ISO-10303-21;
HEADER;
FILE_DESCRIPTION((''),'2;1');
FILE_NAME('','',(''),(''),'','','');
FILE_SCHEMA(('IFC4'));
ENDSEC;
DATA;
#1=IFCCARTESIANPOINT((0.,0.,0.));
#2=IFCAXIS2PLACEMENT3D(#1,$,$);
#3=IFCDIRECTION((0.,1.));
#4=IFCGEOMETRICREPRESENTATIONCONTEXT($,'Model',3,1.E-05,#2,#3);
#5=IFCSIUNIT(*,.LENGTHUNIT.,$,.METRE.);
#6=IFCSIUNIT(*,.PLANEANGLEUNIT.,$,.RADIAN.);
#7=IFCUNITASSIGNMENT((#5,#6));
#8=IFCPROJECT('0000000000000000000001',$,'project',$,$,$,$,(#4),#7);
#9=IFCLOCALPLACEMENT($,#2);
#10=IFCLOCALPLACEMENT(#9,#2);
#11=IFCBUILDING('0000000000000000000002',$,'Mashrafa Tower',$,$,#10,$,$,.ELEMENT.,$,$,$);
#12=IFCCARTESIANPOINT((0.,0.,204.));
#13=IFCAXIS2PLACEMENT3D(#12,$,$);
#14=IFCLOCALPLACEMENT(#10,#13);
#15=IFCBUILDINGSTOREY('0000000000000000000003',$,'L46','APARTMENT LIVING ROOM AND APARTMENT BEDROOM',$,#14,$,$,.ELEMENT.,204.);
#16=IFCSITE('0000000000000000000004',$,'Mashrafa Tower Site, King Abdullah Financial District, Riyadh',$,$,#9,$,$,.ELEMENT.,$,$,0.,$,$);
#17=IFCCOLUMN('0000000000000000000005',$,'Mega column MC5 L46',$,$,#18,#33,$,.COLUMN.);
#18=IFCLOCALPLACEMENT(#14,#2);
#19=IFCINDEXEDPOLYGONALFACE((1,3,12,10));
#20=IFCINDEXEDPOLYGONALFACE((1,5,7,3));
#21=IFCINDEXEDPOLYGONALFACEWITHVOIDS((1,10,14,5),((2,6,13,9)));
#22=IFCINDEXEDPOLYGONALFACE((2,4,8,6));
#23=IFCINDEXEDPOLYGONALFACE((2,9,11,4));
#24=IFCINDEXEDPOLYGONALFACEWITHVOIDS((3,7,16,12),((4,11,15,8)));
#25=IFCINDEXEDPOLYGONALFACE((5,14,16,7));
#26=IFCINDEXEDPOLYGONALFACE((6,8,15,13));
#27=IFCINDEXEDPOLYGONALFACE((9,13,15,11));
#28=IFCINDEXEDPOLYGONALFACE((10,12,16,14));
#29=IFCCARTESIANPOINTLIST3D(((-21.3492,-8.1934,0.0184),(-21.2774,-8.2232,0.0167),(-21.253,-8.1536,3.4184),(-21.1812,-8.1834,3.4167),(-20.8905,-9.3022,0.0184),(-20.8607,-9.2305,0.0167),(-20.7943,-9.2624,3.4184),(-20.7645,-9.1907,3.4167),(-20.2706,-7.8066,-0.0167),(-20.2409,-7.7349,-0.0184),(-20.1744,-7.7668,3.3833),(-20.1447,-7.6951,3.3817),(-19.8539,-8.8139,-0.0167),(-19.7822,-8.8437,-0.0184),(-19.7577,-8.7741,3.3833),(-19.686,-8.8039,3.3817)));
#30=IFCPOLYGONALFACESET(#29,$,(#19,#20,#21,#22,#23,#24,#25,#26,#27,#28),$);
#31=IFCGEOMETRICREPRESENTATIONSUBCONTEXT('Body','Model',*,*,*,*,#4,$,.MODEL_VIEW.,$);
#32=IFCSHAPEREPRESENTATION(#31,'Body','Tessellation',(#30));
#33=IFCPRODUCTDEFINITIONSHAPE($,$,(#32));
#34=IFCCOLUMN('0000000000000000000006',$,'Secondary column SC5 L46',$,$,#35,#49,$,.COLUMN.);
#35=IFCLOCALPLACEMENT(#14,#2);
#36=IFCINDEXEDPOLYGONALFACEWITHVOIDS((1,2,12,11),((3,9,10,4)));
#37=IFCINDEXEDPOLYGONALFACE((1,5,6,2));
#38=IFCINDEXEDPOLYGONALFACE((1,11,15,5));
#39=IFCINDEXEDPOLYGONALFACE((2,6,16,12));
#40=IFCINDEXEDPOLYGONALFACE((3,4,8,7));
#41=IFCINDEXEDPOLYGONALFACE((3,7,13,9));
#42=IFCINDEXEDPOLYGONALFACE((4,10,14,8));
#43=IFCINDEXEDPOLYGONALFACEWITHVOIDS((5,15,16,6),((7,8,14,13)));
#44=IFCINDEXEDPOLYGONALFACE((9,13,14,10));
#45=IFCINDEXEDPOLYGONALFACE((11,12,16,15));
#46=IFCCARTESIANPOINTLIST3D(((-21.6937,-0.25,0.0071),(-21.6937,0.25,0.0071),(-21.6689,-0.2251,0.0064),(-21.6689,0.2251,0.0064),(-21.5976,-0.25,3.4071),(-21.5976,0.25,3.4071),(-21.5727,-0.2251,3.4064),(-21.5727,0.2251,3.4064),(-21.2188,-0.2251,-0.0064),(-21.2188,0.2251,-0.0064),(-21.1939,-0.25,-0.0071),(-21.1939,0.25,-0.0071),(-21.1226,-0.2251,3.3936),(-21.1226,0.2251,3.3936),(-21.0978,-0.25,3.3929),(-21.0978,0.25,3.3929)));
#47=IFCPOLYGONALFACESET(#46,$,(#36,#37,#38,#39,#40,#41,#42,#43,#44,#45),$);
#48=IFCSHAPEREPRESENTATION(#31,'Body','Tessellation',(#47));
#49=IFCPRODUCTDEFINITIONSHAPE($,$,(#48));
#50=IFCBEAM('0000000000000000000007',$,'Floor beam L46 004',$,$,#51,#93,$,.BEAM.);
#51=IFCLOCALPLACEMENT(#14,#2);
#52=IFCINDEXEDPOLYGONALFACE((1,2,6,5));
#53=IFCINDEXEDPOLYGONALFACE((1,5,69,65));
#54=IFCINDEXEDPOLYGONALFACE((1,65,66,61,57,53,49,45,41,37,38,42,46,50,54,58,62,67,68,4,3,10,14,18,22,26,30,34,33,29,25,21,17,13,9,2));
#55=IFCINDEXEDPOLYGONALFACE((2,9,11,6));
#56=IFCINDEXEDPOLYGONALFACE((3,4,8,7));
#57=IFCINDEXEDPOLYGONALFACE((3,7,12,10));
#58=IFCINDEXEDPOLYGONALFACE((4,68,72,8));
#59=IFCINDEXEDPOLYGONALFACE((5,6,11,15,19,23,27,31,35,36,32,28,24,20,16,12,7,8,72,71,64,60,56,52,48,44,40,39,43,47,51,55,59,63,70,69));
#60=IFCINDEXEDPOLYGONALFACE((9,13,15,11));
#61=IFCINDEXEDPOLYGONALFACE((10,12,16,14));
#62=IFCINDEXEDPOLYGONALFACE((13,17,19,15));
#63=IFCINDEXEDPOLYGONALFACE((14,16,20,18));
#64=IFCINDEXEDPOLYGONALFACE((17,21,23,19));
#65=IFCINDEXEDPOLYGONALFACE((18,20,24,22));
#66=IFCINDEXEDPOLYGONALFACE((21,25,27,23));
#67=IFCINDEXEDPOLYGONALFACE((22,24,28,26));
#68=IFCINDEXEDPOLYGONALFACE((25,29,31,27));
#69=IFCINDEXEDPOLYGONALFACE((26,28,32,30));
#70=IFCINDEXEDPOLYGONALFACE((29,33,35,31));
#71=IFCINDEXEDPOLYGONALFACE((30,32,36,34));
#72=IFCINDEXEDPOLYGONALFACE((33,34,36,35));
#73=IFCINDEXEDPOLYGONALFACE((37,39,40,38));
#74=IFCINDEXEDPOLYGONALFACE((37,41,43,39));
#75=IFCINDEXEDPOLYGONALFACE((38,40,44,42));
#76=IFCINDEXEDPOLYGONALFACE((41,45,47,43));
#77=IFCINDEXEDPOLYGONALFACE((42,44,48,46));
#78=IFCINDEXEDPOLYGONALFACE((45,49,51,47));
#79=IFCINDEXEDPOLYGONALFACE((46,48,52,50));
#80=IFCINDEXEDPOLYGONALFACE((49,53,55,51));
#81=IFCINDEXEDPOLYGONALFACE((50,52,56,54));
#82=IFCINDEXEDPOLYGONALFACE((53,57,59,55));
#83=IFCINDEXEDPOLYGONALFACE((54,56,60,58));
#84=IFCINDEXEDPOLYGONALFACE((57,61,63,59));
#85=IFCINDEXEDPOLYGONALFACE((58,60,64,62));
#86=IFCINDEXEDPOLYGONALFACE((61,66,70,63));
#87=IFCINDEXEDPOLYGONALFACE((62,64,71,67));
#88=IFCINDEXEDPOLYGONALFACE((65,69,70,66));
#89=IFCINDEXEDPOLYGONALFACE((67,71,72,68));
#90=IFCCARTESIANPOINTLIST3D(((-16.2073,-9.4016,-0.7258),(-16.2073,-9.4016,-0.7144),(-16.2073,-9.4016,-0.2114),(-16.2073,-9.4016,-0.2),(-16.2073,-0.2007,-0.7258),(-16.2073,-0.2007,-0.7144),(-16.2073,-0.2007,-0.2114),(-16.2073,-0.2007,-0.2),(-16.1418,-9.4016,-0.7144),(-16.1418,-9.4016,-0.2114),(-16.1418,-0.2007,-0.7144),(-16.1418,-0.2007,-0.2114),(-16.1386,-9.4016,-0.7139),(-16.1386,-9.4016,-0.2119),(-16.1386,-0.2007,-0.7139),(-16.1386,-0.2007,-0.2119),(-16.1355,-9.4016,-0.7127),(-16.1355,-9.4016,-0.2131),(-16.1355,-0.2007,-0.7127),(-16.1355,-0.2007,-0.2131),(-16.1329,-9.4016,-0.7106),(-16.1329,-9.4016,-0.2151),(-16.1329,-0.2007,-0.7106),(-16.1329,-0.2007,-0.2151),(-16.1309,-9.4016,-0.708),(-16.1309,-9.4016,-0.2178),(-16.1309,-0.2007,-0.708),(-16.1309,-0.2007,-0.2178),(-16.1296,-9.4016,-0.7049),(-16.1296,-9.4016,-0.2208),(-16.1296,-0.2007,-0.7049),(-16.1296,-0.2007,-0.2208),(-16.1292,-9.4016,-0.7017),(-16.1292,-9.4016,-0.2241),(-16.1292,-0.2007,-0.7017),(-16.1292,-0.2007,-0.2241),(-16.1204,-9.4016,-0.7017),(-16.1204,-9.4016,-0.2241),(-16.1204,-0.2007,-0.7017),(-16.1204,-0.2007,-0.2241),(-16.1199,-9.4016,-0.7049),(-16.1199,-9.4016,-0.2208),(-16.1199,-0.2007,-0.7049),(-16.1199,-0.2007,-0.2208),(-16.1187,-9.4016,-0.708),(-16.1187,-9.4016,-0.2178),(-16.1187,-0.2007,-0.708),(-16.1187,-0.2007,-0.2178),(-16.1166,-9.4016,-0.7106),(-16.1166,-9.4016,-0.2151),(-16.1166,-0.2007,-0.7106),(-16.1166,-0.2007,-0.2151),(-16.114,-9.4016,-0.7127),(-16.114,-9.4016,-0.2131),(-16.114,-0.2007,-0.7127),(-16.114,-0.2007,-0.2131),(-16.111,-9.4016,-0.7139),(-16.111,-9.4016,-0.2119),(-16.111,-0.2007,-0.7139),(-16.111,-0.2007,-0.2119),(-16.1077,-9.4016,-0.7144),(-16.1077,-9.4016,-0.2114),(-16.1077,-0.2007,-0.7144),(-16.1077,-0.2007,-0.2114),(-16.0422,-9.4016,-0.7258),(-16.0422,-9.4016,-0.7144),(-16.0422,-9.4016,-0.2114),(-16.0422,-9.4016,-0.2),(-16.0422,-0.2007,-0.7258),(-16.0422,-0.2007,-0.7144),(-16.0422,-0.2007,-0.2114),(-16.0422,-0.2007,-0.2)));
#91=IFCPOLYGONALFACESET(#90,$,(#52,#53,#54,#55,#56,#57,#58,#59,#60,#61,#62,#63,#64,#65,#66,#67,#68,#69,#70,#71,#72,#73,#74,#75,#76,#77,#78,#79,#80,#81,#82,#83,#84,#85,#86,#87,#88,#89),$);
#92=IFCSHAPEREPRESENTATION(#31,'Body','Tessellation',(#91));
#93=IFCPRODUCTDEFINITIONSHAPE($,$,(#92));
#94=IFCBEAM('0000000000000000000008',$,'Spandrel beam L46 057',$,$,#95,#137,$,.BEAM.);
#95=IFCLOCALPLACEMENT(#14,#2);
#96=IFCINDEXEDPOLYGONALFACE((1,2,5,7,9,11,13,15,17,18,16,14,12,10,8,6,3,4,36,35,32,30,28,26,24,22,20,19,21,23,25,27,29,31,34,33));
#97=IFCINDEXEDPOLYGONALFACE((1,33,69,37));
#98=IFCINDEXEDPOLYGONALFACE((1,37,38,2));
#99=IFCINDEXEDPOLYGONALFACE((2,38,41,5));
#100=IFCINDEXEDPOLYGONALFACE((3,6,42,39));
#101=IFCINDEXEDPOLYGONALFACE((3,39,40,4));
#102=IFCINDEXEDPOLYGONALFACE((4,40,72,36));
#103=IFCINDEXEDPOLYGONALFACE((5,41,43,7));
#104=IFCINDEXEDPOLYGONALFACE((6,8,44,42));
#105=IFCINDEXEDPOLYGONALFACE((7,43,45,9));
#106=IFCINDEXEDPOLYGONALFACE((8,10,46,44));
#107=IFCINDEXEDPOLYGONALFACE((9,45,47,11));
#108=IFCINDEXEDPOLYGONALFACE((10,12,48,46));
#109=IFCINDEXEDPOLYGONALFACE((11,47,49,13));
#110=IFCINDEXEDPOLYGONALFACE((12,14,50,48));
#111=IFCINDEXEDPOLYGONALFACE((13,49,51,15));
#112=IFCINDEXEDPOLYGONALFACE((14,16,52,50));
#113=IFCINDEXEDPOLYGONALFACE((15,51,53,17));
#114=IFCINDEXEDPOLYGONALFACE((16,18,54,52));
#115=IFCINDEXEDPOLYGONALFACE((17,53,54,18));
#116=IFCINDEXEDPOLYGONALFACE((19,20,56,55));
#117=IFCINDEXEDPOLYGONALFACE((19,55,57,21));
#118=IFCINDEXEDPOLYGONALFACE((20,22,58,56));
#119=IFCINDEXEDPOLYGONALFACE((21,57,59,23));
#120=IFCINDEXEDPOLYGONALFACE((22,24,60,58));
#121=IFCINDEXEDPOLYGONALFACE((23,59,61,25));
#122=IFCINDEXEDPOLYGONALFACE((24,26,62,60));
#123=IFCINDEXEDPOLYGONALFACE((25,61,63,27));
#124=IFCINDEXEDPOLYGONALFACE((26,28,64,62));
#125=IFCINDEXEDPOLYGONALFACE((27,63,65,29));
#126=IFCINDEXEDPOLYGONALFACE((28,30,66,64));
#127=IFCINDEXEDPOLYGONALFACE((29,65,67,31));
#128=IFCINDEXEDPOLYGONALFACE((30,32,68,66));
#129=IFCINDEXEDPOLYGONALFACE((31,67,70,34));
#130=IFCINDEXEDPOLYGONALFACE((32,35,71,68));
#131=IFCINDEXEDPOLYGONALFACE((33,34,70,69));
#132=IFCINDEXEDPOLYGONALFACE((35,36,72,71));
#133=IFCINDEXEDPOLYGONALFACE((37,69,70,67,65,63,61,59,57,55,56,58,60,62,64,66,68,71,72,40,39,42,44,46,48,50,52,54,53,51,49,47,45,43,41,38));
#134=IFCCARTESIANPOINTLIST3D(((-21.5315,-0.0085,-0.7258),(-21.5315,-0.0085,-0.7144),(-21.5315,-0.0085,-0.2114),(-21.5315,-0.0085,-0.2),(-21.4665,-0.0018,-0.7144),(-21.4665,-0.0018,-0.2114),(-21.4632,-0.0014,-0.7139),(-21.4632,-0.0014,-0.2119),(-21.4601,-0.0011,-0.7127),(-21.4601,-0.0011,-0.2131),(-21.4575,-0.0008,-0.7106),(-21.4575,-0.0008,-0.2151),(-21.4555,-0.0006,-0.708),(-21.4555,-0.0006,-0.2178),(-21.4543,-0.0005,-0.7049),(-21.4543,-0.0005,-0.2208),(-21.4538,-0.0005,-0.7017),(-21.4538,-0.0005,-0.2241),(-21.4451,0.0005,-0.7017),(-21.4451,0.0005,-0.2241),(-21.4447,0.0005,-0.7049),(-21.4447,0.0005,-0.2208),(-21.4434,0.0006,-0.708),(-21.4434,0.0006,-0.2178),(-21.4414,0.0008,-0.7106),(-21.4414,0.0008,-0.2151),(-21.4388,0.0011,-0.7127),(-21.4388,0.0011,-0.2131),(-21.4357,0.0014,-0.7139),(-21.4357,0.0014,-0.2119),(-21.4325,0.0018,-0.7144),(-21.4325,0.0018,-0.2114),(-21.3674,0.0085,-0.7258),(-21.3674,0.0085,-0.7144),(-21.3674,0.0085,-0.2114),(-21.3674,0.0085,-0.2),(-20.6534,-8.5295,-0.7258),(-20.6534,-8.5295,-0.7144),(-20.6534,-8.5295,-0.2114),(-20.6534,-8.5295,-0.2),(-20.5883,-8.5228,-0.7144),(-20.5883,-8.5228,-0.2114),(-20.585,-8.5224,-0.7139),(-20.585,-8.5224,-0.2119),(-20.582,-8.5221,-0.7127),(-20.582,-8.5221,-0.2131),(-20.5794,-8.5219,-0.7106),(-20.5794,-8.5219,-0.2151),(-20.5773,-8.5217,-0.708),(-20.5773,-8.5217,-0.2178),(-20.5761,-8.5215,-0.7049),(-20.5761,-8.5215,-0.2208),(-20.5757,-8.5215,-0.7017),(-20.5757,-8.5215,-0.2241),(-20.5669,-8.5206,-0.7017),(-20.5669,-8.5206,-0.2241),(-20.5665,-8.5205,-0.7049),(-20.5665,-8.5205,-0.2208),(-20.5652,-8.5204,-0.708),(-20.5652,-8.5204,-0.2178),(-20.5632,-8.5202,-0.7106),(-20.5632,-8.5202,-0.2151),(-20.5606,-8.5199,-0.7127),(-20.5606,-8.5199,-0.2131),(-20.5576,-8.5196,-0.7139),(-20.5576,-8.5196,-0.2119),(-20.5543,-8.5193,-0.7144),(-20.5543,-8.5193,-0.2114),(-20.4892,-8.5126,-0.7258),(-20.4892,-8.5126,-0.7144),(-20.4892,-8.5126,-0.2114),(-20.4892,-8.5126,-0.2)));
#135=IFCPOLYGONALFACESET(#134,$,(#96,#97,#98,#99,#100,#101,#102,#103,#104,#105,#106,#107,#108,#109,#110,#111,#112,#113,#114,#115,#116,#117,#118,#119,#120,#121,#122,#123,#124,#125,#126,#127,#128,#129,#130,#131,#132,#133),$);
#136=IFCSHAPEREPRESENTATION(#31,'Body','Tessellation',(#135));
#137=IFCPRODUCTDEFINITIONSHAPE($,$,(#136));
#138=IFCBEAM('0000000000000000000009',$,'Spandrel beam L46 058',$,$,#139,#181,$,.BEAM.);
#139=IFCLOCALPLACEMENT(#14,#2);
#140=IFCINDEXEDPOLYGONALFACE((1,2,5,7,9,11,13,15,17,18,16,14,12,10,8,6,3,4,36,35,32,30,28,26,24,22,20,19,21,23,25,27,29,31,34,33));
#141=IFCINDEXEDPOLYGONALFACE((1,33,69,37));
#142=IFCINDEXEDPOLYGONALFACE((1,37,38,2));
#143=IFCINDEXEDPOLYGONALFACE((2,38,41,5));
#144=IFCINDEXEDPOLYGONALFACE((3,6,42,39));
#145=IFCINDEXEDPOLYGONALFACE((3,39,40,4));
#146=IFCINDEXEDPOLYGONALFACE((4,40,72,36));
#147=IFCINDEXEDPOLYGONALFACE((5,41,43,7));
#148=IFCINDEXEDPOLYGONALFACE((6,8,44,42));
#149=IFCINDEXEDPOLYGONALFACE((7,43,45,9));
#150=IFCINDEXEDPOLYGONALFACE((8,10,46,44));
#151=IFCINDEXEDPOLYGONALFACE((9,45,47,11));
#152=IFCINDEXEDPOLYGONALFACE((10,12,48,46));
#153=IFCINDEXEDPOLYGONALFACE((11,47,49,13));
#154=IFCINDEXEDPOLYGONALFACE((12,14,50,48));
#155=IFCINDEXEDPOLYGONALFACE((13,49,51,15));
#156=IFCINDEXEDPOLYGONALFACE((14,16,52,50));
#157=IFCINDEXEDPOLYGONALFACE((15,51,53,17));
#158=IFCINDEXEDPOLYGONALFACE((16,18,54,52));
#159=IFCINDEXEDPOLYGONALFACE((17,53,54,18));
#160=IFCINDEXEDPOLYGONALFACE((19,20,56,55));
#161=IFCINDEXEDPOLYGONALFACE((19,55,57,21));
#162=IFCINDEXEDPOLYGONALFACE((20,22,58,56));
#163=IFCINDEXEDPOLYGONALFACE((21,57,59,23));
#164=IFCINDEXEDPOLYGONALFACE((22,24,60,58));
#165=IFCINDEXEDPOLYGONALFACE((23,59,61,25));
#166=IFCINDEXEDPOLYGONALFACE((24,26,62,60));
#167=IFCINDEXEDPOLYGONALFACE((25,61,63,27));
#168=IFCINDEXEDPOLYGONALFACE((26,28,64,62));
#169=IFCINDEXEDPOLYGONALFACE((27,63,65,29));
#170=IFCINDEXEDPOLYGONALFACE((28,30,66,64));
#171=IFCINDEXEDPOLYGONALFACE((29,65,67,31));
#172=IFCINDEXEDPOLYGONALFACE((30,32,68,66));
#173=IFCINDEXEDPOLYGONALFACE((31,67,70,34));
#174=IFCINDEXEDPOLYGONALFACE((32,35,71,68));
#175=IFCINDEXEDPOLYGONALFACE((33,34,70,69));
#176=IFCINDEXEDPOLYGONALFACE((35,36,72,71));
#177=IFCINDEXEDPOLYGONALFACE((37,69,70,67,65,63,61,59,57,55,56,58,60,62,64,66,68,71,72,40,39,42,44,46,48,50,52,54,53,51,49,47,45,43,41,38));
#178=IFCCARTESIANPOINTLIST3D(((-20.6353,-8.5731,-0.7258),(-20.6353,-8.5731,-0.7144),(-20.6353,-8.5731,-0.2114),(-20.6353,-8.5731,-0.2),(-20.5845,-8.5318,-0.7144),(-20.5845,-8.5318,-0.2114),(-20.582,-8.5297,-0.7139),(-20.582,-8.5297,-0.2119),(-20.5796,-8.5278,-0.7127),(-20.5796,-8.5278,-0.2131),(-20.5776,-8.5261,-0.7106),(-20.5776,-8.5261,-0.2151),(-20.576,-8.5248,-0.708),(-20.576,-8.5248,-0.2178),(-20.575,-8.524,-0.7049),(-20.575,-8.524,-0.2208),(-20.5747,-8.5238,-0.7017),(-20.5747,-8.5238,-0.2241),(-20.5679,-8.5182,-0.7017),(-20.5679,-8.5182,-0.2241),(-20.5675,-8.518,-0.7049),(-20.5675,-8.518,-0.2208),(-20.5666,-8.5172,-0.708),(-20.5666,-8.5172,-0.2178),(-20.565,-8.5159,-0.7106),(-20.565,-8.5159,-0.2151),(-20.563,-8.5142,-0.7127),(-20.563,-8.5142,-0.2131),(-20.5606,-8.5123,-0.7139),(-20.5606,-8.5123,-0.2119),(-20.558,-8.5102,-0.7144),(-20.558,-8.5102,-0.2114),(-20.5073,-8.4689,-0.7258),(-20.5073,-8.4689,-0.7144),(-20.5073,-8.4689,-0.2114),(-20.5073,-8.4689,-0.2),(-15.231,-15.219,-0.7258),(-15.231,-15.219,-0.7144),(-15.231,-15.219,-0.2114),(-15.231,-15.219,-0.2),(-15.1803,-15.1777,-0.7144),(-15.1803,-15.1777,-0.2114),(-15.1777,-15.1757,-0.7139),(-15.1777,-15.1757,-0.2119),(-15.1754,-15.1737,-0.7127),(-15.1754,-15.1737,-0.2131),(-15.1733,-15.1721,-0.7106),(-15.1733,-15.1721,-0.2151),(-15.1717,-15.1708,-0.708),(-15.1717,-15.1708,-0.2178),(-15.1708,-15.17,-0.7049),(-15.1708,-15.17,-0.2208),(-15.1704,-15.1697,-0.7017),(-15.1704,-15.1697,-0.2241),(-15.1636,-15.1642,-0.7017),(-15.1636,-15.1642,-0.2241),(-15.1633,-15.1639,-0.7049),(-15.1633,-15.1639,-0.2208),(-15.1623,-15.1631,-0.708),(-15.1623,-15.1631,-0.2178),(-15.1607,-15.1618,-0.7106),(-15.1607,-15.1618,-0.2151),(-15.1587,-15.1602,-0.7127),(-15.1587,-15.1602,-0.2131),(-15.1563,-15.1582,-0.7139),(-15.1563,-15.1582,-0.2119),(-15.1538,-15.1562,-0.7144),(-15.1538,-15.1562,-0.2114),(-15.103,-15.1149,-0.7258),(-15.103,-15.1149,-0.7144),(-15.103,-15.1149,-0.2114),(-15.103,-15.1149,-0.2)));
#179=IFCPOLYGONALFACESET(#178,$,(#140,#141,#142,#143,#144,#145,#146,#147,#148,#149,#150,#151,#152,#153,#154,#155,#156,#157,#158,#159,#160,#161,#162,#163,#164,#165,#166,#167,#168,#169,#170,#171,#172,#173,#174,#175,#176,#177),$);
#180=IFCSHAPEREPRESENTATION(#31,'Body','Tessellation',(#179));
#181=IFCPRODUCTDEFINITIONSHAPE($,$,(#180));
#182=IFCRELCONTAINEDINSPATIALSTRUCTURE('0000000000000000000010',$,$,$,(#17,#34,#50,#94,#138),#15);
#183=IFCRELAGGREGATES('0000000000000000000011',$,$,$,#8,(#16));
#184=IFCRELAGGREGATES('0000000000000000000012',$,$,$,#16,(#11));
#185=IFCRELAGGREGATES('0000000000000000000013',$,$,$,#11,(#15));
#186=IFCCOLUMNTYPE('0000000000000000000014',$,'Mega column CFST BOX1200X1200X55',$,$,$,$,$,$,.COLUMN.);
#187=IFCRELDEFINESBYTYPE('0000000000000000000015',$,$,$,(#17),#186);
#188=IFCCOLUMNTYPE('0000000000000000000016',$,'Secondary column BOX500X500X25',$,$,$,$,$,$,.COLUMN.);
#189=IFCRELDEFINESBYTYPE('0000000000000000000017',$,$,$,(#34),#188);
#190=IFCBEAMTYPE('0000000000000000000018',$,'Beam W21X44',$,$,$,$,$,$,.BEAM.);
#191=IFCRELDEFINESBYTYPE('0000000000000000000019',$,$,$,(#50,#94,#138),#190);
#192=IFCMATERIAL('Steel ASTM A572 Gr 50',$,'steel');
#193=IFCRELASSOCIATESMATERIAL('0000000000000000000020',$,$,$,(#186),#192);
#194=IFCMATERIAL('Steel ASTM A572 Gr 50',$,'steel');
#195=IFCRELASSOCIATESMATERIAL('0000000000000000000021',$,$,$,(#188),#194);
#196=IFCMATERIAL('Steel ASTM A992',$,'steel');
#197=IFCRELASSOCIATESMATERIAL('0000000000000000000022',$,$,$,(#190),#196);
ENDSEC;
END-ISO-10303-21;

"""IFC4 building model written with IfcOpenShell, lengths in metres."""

from ifc_helpers import new_model, si_unit, direction, frame, origin, origin_2d, place, context, subcontext, project, spatial, hollow_rectangle, i_section, extrude, material, material_profile, profile_set, type_object, element, save


model = new_model("IFC4")

# Units and contexts
model_context = context("Model", 3, precision=1e-05, world=origin(), true_north=direction((0.0, 1.0)))
body_context = subcontext(model_context, "Body", "Model", "MODEL_VIEW")
ifc_project = project(units=[si_unit("LENGTHUNIT", "METRE"), si_unit("PLANEANGLEUNIT", "RADIAN")], contexts=[model_context])

# Site, building, storey
site_placement = place(None, origin())
site = spatial("IfcSite", under=ifc_project, at=site_placement, Name="Mashrafa Tower Site, King Abdullah Financial District, Riyadh", CompositionType="ELEMENT", RefElevation=0.0)
building_placement = place(site_placement, origin())
building = spatial("IfcBuilding", under=site, at=building_placement, Name="Mashrafa Tower", CompositionType="ELEMENT")
storey_placement = place(building_placement, frame((0.0, 0.0, 204.0)))
storey = spatial("IfcBuildingStorey", under=building, at=storey_placement, Name="L46", Description="APARTMENT LIVING ROOM AND APARTMENT BEDROOM", CompositionType="ELEMENT", Elevation=204.0)

# Columns
ifc_material_1 = material(Name="Steel ASTM A572 Gr 50", Category="steel")
ifc_material_profile_1 = material_profile(ifc_material_1, hollow_rectangle(XDim=1.2, YDim=1.2, WallThickness=0.0549, at=origin_2d()), Name="BOX1200X1200X55")
ifc_profile_set_1 = profile_set([ifc_material_profile_1], Name="Steel ASTM A572 Gr 50")
column_type_1 = type_object("IfcColumnType", Name="Mega column CFST BOX1200X1200X55", PredefinedType="COLUMN", material=ifc_profile_set_1)
column_1_placement = place(storey_placement, frame((-20.5657, -8.5186, 0.0), z_axis=(0.028279, 0.011699, 0.999532), x_axis=(-0.382283, 0.924045, 0.0)))
element("IfcColumn", 1, at=column_1_placement, inside=storey, type_object=column_type_1, Name="Mega column MC5 L46", PredefinedType="COLUMN", context=body_context, shape_type="SweptSolid", body=[
    extrude(hollow_rectangle(XDim=1.2, YDim=1.2, WallThickness=0.0549, at=origin_2d()), origin(), (0.0, 0.0, 1.0), 3.4016),
])
ifc_material_2 = material(Name="Steel ASTM A572 Gr 50", Category="steel")
ifc_material_profile_2 = material_profile(ifc_material_2, hollow_rectangle(XDim=0.5, YDim=0.5, WallThickness=0.0249, at=origin_2d()), Name="BOX500X500X25")
ifc_profile_set_2 = profile_set([ifc_material_profile_2], Name="Steel ASTM A572 Gr 50")
column_type_2 = type_object("IfcColumnType", Name="Secondary column BOX500X500X25", PredefinedType="COLUMN", material=ifc_profile_set_2)
column_2_placement = place(storey_placement, frame((-21.4438, 0.0, 0.0), z_axis=(0.028281, 0.0, 0.9996), x_axis=(0.0, 1.0, 0.0)))
element("IfcColumn", 2, at=column_2_placement, inside=storey, type_object=column_type_2, Name="Secondary column SC5 L46", PredefinedType="COLUMN", context=body_context, shape_type="SweptSolid", body=[
    extrude(hollow_rectangle(XDim=0.5, YDim=0.5, WallThickness=0.0249, at=origin_2d()), origin(), (0.0, 0.0, 1.0), 3.4014),
])

# Beams
ifc_material_3 = material(Name="Steel ASTM A992", Category="steel")
ifc_material_profile_3 = material_profile(ifc_material_3, i_section(OverallWidth=0.165, OverallDepth=0.5259, WebThickness=0.0088, FlangeThickness=0.0115, FilletRadius=0.0127, at=origin_2d()), Name="W21X44")
ifc_profile_set_3 = profile_set([ifc_material_profile_3], Name="Steel ASTM A992")
beam_type_1 = type_object("IfcBeamType", Name="Beam W21X44", PredefinedType="BEAM", material=ifc_profile_set_3)
beam_1_placement = place(storey_placement, frame((-16.1248, -9.4016, -0.4629), z_axis=(0.0, 1.0, 0.0), x_axis=(-1.0, 0.0, 0.0)))
element("IfcBeam", 3, at=beam_1_placement, inside=storey, type_object=beam_type_1, Name="Floor beam L46 004", PredefinedType="BEAM", context=body_context, shape_type="SweptSolid", body=[
    extrude(i_section(OverallWidth=0.165, OverallDepth=0.5259, WebThickness=0.0088, FlangeThickness=0.0115, FilletRadius=0.0127, at=origin_2d()), origin(), (0.0, 0.0, 1.0), 9.2009),
])
beam_2_placement = place(storey_placement, frame((-21.4495, 0.0, -0.4629), z_axis=(0.102517, -0.994731, 0.0), x_axis=(0.994731, 0.102517, 0.0)))
element("IfcBeam", 4, at=beam_2_placement, inside=storey, type_object=beam_type_1, Name="Spandrel beam L46 057", PredefinedType="BEAM", context=body_context, shape_type="SweptSolid", body=[
    extrude(i_section(OverallWidth=0.165, OverallDepth=0.5259, WebThickness=0.0088, FlangeThickness=0.0115, FilletRadius=0.0127, at=origin_2d()), origin(), (0.0, 0.0, 1.0), 8.5662),
])
beam_3_placement = place(storey_placement, frame((-20.5713, -8.521, -0.4629), z_axis=(0.630904, -0.775861, 0.0), x_axis=(0.775861, 0.630904, 0.0)))
element("IfcBeam", 5, at=beam_3_placement, inside=storey, type_object=beam_type_1, Name="Spandrel beam L46 058", PredefinedType="BEAM", context=body_context, shape_type="SweptSolid", body=[
    extrude(i_section(OverallWidth=0.165, OverallDepth=0.5259, WebThickness=0.0088, FlangeThickness=0.0115, FilletRadius=0.0127, at=origin_2d()), origin(), (0.0, 0.0, 1.0), 8.5659),
])

save(model, "model.ifc")
